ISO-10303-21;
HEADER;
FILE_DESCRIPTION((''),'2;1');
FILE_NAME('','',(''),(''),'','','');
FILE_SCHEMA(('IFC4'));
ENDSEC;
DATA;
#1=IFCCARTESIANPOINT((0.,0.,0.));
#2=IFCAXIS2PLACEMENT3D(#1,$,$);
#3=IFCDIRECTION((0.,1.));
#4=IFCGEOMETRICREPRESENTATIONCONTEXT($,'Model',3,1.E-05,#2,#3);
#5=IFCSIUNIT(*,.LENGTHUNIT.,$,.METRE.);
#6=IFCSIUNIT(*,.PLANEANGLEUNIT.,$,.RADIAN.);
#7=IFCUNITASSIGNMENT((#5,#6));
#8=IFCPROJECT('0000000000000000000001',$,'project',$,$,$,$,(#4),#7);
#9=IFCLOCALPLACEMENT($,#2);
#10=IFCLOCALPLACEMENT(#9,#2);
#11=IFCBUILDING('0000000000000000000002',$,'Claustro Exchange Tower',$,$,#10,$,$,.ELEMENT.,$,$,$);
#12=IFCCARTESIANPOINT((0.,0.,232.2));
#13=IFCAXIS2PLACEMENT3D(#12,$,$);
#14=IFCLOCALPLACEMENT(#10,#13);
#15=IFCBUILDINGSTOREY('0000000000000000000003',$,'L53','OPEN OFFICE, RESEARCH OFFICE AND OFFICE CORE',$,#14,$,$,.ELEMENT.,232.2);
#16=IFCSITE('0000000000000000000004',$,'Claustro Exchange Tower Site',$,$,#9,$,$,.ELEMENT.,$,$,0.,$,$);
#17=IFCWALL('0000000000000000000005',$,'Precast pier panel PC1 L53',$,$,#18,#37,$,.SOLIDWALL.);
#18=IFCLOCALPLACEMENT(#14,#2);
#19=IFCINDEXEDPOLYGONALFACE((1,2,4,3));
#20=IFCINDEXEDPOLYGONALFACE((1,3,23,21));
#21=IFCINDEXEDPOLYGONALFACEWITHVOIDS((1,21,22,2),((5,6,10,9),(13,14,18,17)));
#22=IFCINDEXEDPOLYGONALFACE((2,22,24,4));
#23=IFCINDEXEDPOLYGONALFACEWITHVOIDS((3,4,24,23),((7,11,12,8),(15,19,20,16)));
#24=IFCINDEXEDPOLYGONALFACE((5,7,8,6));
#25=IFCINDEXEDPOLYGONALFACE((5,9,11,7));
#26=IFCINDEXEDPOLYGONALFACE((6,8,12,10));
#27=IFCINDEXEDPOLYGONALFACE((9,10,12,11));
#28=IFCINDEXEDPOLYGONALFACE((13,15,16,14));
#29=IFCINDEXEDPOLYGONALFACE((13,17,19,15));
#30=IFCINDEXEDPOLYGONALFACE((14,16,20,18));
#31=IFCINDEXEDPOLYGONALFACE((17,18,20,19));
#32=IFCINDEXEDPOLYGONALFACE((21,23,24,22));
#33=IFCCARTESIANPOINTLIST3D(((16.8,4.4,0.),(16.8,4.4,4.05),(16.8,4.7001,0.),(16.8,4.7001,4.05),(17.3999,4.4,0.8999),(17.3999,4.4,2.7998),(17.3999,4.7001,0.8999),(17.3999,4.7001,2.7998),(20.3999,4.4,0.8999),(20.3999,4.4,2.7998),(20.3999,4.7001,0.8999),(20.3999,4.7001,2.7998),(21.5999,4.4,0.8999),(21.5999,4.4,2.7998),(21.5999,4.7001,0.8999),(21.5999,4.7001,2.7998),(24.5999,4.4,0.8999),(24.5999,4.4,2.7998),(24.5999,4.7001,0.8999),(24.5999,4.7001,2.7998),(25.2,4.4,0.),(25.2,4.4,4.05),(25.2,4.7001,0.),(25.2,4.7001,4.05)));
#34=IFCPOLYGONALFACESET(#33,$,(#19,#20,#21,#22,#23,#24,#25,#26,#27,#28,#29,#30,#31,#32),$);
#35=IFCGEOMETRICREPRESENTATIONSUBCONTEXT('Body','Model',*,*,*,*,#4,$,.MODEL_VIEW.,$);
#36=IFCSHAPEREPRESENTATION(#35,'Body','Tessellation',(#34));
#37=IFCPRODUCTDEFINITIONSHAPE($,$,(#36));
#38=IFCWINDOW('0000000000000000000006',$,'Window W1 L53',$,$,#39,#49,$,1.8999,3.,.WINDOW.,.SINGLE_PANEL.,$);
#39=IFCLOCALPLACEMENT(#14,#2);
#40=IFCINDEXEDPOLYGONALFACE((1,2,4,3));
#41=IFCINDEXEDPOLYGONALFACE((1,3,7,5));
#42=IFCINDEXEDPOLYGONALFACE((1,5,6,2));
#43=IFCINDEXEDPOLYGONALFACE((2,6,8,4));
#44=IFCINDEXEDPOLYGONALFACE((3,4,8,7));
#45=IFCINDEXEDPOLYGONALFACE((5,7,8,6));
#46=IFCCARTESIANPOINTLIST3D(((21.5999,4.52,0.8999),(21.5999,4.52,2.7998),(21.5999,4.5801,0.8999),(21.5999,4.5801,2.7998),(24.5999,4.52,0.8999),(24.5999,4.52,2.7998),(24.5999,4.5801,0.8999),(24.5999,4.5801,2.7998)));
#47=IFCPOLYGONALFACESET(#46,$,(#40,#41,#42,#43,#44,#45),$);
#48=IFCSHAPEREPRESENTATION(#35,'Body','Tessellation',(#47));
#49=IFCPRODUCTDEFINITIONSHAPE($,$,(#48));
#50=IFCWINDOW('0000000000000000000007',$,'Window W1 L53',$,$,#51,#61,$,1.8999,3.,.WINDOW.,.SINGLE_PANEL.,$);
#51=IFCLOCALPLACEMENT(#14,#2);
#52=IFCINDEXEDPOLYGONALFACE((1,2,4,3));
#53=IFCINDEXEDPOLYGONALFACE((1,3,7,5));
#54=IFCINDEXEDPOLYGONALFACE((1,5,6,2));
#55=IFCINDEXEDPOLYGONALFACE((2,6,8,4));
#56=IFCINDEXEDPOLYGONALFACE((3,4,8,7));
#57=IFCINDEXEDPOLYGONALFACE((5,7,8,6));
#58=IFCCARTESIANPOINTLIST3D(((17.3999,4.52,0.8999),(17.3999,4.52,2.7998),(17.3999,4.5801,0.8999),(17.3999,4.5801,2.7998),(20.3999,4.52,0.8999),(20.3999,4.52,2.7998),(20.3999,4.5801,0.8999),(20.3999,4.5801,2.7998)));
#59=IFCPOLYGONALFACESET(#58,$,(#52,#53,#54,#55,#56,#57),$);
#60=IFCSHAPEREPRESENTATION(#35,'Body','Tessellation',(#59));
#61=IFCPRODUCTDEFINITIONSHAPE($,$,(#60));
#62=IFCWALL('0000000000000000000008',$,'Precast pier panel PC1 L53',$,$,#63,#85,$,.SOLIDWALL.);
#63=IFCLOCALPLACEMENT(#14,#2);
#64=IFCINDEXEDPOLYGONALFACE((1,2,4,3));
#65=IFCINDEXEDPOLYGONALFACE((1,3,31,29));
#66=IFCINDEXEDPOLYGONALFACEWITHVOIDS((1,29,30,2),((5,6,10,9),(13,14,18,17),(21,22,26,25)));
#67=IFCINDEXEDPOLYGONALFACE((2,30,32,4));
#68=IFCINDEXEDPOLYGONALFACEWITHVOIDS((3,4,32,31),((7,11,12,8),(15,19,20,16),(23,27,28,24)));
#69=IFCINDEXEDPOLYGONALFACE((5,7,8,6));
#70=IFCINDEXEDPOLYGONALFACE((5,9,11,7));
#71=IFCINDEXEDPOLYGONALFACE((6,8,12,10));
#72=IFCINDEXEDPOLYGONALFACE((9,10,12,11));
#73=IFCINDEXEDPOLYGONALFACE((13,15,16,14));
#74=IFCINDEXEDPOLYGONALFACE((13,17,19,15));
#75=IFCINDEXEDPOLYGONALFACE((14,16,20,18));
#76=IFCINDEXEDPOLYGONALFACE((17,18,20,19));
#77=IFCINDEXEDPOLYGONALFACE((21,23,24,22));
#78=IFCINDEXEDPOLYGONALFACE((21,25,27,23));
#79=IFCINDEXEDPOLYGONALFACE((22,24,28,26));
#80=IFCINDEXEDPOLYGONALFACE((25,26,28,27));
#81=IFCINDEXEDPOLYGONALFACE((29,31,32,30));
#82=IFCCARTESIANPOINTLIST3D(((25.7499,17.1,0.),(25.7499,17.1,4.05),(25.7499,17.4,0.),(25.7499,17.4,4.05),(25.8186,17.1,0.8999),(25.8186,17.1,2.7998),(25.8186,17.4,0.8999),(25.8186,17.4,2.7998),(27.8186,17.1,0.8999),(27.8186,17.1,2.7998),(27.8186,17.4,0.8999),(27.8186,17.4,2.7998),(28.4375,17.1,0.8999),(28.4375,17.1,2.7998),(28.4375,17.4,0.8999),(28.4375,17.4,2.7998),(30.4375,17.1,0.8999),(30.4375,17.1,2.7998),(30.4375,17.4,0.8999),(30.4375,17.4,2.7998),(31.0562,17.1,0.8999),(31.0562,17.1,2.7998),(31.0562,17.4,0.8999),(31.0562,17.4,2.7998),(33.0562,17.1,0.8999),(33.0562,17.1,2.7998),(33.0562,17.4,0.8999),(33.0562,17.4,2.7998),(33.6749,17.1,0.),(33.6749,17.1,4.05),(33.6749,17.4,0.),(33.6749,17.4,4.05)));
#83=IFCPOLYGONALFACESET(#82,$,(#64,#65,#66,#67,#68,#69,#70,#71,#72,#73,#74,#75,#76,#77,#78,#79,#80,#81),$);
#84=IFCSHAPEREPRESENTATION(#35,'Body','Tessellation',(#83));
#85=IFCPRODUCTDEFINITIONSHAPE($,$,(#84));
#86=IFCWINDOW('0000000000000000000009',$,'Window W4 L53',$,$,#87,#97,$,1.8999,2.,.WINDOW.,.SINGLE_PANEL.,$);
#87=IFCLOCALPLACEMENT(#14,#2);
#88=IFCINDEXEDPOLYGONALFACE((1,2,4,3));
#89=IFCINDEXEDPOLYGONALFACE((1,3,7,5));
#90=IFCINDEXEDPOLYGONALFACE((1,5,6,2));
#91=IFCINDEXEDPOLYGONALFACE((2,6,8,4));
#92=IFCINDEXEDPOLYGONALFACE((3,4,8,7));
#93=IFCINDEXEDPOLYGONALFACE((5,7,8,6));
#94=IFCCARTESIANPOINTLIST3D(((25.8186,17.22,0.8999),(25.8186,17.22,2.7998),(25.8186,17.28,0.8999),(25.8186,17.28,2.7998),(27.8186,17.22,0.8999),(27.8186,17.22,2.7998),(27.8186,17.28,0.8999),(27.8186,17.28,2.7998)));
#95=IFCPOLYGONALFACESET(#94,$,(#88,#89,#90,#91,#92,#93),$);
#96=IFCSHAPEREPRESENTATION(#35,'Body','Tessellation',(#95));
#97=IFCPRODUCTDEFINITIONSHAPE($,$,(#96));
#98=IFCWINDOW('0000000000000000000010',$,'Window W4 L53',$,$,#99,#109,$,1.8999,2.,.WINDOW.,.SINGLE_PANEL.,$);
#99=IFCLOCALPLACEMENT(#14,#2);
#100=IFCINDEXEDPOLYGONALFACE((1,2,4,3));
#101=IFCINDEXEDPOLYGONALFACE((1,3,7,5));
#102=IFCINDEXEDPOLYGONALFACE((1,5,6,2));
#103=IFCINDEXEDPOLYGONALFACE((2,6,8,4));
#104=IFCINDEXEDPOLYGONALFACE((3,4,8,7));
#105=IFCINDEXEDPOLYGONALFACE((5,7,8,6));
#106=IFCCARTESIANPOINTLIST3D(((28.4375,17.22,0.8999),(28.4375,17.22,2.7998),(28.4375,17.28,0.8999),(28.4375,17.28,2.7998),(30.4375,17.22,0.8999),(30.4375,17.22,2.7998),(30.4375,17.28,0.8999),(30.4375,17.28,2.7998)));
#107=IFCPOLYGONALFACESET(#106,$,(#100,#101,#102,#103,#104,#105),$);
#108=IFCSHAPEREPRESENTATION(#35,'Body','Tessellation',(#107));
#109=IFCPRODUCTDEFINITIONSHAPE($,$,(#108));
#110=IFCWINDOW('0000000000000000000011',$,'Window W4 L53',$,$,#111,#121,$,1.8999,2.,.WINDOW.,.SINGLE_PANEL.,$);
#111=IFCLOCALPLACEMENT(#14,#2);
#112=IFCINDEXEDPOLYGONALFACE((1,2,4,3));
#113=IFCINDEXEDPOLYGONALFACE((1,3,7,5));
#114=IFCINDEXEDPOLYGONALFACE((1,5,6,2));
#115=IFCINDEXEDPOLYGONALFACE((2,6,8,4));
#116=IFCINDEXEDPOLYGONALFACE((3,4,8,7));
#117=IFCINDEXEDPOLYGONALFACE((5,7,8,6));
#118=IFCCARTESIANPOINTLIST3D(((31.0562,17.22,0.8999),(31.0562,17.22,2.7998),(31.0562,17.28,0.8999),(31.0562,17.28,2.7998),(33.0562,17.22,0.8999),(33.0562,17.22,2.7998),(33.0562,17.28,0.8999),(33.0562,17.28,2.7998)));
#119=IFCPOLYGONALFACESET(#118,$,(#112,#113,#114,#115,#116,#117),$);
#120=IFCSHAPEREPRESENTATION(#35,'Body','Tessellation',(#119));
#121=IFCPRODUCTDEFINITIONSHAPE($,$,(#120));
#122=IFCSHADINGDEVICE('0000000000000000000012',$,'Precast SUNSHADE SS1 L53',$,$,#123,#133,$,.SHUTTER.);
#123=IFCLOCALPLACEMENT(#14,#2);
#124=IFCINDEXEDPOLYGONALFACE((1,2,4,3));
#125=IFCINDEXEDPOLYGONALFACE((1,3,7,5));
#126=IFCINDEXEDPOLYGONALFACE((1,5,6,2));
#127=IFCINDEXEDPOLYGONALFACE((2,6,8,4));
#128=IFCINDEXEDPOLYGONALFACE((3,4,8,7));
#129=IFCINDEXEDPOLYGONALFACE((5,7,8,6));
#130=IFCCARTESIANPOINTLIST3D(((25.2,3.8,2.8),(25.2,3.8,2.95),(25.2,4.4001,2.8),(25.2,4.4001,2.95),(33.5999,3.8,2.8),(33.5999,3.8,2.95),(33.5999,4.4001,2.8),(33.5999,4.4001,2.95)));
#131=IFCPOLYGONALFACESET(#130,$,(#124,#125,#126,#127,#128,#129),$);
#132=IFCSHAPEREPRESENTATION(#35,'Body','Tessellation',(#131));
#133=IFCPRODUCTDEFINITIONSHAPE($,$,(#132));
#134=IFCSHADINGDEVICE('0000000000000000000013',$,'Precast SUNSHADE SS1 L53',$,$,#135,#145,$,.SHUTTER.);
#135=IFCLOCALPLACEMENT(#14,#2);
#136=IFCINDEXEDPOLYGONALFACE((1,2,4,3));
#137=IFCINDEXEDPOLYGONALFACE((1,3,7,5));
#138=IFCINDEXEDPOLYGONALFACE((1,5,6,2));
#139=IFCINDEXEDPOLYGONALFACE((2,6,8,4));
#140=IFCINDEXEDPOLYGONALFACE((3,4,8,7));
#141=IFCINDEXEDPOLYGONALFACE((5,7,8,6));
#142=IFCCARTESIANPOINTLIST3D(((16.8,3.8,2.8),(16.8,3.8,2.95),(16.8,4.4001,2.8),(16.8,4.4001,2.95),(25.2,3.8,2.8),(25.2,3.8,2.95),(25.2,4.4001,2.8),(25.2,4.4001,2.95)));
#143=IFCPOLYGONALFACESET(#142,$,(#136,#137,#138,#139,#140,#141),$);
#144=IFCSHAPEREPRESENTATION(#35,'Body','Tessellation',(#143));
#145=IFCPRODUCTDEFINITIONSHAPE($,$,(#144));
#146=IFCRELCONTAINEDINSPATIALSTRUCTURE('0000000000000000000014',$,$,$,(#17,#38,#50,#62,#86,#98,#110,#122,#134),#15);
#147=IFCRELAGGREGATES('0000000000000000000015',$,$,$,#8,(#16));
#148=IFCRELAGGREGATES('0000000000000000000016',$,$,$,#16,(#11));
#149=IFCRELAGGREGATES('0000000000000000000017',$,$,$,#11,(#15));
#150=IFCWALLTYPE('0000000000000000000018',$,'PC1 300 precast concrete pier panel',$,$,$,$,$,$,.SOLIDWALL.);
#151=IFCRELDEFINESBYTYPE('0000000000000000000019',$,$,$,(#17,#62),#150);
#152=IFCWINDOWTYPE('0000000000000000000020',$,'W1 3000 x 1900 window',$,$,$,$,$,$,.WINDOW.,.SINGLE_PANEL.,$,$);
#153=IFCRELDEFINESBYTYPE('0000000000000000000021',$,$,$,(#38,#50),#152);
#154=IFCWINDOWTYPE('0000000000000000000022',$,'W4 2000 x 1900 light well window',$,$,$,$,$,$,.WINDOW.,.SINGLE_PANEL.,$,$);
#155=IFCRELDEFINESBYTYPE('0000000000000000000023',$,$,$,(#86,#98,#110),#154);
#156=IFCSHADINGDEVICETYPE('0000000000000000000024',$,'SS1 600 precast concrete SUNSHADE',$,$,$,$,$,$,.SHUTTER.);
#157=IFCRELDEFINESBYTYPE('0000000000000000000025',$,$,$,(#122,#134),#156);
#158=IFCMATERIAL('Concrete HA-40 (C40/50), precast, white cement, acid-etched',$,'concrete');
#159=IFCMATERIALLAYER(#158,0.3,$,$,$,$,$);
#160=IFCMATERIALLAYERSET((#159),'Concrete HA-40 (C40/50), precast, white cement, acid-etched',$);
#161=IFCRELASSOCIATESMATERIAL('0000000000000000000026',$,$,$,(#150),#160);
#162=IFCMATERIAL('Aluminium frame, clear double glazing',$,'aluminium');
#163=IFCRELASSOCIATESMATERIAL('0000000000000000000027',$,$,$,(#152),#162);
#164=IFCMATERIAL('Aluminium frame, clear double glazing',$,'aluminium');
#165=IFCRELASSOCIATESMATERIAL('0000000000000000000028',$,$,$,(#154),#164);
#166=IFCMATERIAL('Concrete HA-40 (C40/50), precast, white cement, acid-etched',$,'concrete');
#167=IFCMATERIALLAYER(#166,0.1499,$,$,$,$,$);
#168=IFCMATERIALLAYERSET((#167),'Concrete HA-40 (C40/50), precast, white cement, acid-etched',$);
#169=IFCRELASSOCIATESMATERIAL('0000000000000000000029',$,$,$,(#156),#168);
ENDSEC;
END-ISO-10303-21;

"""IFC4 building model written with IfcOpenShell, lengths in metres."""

from ifc_helpers import new_model, si_unit, direction, frame, frame_2d, origin, origin_2d, place, context, subcontext, project, spatial, rectangle, extrude, material, layer, layer_set, type_object, element, fill, save


model = new_model("IFC4")

# Units and contexts
model_context = context("Model", 3, precision=1e-05, world=origin(), true_north=direction((0.0, 1.0)))
body_context = subcontext(model_context, "Body", "Model", "MODEL_VIEW")
ifc_project = project(units=[si_unit("LENGTHUNIT", "METRE"), si_unit("PLANEANGLEUNIT", "RADIAN")], contexts=[model_context])

# Site, building, storey
site_placement = place(None, origin())
site = spatial("IfcSite", under=ifc_project, at=site_placement, Name="Claustro Exchange Tower Site", CompositionType="ELEMENT", RefElevation=0.0)
building_placement = place(site_placement, origin())
building = spatial("IfcBuilding", under=site, at=building_placement, Name="Claustro Exchange Tower", CompositionType="ELEMENT")
storey_placement = place(building_placement, frame((0.0, 0.0, 232.2)))
storey = spatial("IfcBuildingStorey", under=building, at=storey_placement, Name="L53", Description="OPEN OFFICE, RESEARCH OFFICE AND OFFICE CORE", CompositionType="ELEMENT", Elevation=232.2)

# Walls, openings, windows
ifc_material_1 = material(Name="Concrete HA-40 (C40/50), precast, white cement, acid-etched", Category="concrete")
ifc_layer_1 = layer(ifc_material_1, 0.3)
ifc_layer_set_1 = layer_set([ifc_layer_1], Name="Concrete HA-40 (C40/50), precast, white cement, acid-etched")
wall_type_1 = type_object("IfcWallType", Name="PC1 300 precast concrete pier panel", PredefinedType="SOLIDWALL", material=ifc_layer_set_1)
wall_1_placement = place(storey_placement, frame((25.2, 4.55, 0.0), z_axis=(0.0, 0.0, 1.0), x_axis=(-1.0, 0.0, 0.0)))
wall_1 = element("IfcWall", 1, at=wall_1_placement, inside=storey, type_object=wall_type_1, Name="Precast pier panel PC1 L53", PredefinedType="SOLIDWALL", context=body_context, shape_type="SweptSolid", body=[
    extrude(rectangle(XDim=8.3999, YDim=0.3, at=frame_2d((4.2, 0.0))), origin(), (0.0, 0.0, 1.0), 4.05),
])
opening_1_placement = place(wall_1_placement, frame((0.6001, 0.0, 0.8999)))
opening_1 = element("IfcOpeningElement", 2, at=opening_1_placement, cuts=wall_1, PredefinedType="OPENING", context=body_context, shape_type="SweptSolid", body=[
    extrude(rectangle(XDim=3.0, YDim=1.8999, at=frame_2d((1.5, 0.95))), frame((0.0, 0.1599, 0.0), z_axis=(0.0, -1.0, 0.0), x_axis=(1.0, 0.0, 0.0)), (0.0, 0.0, 1.0), 0.3201),
])
opening_2_placement = place(wall_1_placement, frame((4.8, 0.0, 0.8999)))
opening_2 = element("IfcOpeningElement", 3, at=opening_2_placement, cuts=wall_1, PredefinedType="OPENING", context=body_context, shape_type="SweptSolid", body=[
    extrude(rectangle(XDim=3.0, YDim=1.8999, at=frame_2d((1.5, 0.95))), frame((0.0, 0.1599, 0.0), z_axis=(0.0, -1.0, 0.0), x_axis=(1.0, 0.0, 0.0)), (0.0, 0.0, 1.0), 0.3201),
])
ifc_material_2 = material(Name="Aluminium frame, clear double glazing", Category="aluminium")
window_type_1 = type_object("IfcWindowType", Name="W1 3000 x 1900 window", PartitioningType="SINGLE_PANEL", PredefinedType="WINDOW", material=ifc_material_2)
window_1_placement = place(opening_1_placement, origin())
window_1 = element("IfcWindow", 4, at=window_1_placement, inside=storey, type_object=window_type_1, Name="Window W1 L53", OverallHeight=1.8999, OverallWidth=3.0, PartitioningType="SINGLE_PANEL", PredefinedType="WINDOW", context=body_context, shape_type="SweptSolid", body=[
    extrude(rectangle(XDim=3.0, YDim=1.8999, at=frame_2d((1.5, 0.95))), frame((0.0, 0.03, 0.0), z_axis=(0.0, -1.0, 0.0), x_axis=(1.0, 0.0, 0.0)), (0.0, 0.0, 1.0), 0.0601),
])
fill(opening_1, window_1)
window_2_placement = place(opening_2_placement, origin())
window_2 = element("IfcWindow", 5, at=window_2_placement, inside=storey, type_object=window_type_1, Name="Window W1 L53", OverallHeight=1.8999, OverallWidth=3.0, PartitioningType="SINGLE_PANEL", PredefinedType="WINDOW", context=body_context, shape_type="SweptSolid", body=[
    extrude(rectangle(XDim=3.0, YDim=1.8999, at=frame_2d((1.5, 0.95))), frame((0.0, 0.03, 0.0), z_axis=(0.0, -1.0, 0.0), x_axis=(1.0, 0.0, 0.0)), (0.0, 0.0, 1.0), 0.0601),
])
fill(opening_2, window_2)
wall_2_placement = place(storey_placement, frame((25.75, 17.25, 0.0), z_axis=(0.0, 0.0, 1.0), x_axis=(1.0, 0.0, 0.0)))
wall_2 = element("IfcWall", 6, at=wall_2_placement, inside=storey, type_object=wall_type_1, Name="Precast pier panel PC1 L53", PredefinedType="SOLIDWALL", context=body_context, shape_type="SweptSolid", body=[
    extrude(rectangle(XDim=7.925, YDim=0.3, at=frame_2d((3.9624, 0.0))), origin(), (0.0, 0.0, 1.0), 4.05),
])
opening_3_placement = place(wall_2_placement, frame((0.0686, 0.0, 0.8999)))
opening_3 = element("IfcOpeningElement", 7, at=opening_3_placement, cuts=wall_2, PredefinedType="OPENING", context=body_context, shape_type="SweptSolid", body=[
    extrude(rectangle(XDim=2.0, YDim=1.8999, at=frame_2d((1.0, 0.95))), frame((0.0, 0.1599, 0.0), z_axis=(0.0, -1.0, 0.0), x_axis=(1.0, 0.0, 0.0)), (0.0, 0.0, 1.0), 0.3201),
])
opening_4_placement = place(wall_2_placement, frame((2.6875, 0.0, 0.8999)))
opening_4 = element("IfcOpeningElement", 8, at=opening_4_placement, cuts=wall_2, PredefinedType="OPENING", context=body_context, shape_type="SweptSolid", body=[
    extrude(rectangle(XDim=2.0, YDim=1.8999, at=frame_2d((1.0, 0.95))), frame((0.0, 0.1599, 0.0), z_axis=(0.0, -1.0, 0.0), x_axis=(1.0, 0.0, 0.0)), (0.0, 0.0, 1.0), 0.3201),
])
opening_5_placement = place(wall_2_placement, frame((5.3062, 0.0, 0.8999)))
opening_5 = element("IfcOpeningElement", 9, at=opening_5_placement, cuts=wall_2, PredefinedType="OPENING", context=body_context, shape_type="SweptSolid", body=[
    extrude(rectangle(XDim=2.0, YDim=1.8999, at=frame_2d((1.0, 0.95))), frame((0.0, 0.1599, 0.0), z_axis=(0.0, -1.0, 0.0), x_axis=(1.0, 0.0, 0.0)), (0.0, 0.0, 1.0), 0.3201),
])
ifc_material_3 = material(Name="Aluminium frame, clear double glazing", Category="aluminium")
window_type_2 = type_object("IfcWindowType", Name="W4 2000 x 1900 light well window", PartitioningType="SINGLE_PANEL", PredefinedType="WINDOW", material=ifc_material_3)
window_3_placement = place(opening_3_placement, origin())
window_3 = element("IfcWindow", 10, at=window_3_placement, inside=storey, type_object=window_type_2, Name="Window W4 L53", OverallHeight=1.8999, OverallWidth=2.0, PartitioningType="SINGLE_PANEL", PredefinedType="WINDOW", context=body_context, shape_type="SweptSolid", body=[
    extrude(rectangle(XDim=2.0, YDim=1.8999, at=frame_2d((1.0, 0.95))), frame((0.0, 0.03, 0.0), z_axis=(0.0, -1.0, 0.0), x_axis=(1.0, 0.0, 0.0)), (0.0, 0.0, 1.0), 0.0601),
])
fill(opening_3, window_3)
window_4_placement = place(opening_4_placement, origin())
window_4 = element("IfcWindow", 11, at=window_4_placement, inside=storey, type_object=window_type_2, Name="Window W4 L53", OverallHeight=1.8999, OverallWidth=2.0, PartitioningType="SINGLE_PANEL", PredefinedType="WINDOW", context=body_context, shape_type="SweptSolid", body=[
    extrude(rectangle(XDim=2.0, YDim=1.8999, at=frame_2d((1.0, 0.95))), frame((0.0, 0.03, 0.0), z_axis=(0.0, -1.0, 0.0), x_axis=(1.0, 0.0, 0.0)), (0.0, 0.0, 1.0), 0.0601),
])
fill(opening_4, window_4)
window_5_placement = place(opening_5_placement, origin())
window_5 = element("IfcWindow", 12, at=window_5_placement, inside=storey, type_object=window_type_2, Name="Window W4 L53", OverallHeight=1.8999, OverallWidth=2.0, PartitioningType="SINGLE_PANEL", PredefinedType="WINDOW", context=body_context, shape_type="SweptSolid", body=[
    extrude(rectangle(XDim=2.0, YDim=1.8999, at=frame_2d((1.0, 0.95))), frame((0.0, 0.03, 0.0), z_axis=(0.0, -1.0, 0.0), x_axis=(1.0, 0.0, 0.0)), (0.0, 0.0, 1.0), 0.0601),
])
fill(opening_5, window_5)

# Shading devices
ifc_material_4 = material(Name="Concrete HA-40 (C40/50), precast, white cement, acid-etched", Category="concrete")
ifc_layer_2 = layer(ifc_material_4, 0.1499)
ifc_layer_set_2 = layer_set([ifc_layer_2], Name="Concrete HA-40 (C40/50), precast, white cement, acid-etched")
shading_device_type = type_object("IfcShadingDeviceType", Name="SS1 600 precast concrete SUNSHADE", PredefinedType="SHUTTER", material=ifc_layer_set_2)
for number, where, z_axis, x_axis, name in (
    (13, (29.3999, 4.1001, 2.8), (0.0, 0.0, 1.0), (-1.0, 0.0, 0.0), "Precast SUNSHADE SS1 L53"),
    (14, (21.0, 4.1001, 2.8), (0.0, 0.0, 1.0), (-1.0, 0.0, 0.0), "Precast SUNSHADE SS1 L53"),
):
    element("IfcShadingDevice", number, at=place(storey_placement, frame(where, z_axis=z_axis, x_axis=x_axis)), inside=storey, type_object=shading_device_type, Name=name, PredefinedType="SHUTTER", context=body_context, shape_type="SweptSolid", body=[
        extrude(rectangle(XDim=8.3999, YDim=0.6001, at=origin_2d()), origin(), (0.0, 0.0, 1.0), 0.1499),
    ])

save(model, "model.ifc")
